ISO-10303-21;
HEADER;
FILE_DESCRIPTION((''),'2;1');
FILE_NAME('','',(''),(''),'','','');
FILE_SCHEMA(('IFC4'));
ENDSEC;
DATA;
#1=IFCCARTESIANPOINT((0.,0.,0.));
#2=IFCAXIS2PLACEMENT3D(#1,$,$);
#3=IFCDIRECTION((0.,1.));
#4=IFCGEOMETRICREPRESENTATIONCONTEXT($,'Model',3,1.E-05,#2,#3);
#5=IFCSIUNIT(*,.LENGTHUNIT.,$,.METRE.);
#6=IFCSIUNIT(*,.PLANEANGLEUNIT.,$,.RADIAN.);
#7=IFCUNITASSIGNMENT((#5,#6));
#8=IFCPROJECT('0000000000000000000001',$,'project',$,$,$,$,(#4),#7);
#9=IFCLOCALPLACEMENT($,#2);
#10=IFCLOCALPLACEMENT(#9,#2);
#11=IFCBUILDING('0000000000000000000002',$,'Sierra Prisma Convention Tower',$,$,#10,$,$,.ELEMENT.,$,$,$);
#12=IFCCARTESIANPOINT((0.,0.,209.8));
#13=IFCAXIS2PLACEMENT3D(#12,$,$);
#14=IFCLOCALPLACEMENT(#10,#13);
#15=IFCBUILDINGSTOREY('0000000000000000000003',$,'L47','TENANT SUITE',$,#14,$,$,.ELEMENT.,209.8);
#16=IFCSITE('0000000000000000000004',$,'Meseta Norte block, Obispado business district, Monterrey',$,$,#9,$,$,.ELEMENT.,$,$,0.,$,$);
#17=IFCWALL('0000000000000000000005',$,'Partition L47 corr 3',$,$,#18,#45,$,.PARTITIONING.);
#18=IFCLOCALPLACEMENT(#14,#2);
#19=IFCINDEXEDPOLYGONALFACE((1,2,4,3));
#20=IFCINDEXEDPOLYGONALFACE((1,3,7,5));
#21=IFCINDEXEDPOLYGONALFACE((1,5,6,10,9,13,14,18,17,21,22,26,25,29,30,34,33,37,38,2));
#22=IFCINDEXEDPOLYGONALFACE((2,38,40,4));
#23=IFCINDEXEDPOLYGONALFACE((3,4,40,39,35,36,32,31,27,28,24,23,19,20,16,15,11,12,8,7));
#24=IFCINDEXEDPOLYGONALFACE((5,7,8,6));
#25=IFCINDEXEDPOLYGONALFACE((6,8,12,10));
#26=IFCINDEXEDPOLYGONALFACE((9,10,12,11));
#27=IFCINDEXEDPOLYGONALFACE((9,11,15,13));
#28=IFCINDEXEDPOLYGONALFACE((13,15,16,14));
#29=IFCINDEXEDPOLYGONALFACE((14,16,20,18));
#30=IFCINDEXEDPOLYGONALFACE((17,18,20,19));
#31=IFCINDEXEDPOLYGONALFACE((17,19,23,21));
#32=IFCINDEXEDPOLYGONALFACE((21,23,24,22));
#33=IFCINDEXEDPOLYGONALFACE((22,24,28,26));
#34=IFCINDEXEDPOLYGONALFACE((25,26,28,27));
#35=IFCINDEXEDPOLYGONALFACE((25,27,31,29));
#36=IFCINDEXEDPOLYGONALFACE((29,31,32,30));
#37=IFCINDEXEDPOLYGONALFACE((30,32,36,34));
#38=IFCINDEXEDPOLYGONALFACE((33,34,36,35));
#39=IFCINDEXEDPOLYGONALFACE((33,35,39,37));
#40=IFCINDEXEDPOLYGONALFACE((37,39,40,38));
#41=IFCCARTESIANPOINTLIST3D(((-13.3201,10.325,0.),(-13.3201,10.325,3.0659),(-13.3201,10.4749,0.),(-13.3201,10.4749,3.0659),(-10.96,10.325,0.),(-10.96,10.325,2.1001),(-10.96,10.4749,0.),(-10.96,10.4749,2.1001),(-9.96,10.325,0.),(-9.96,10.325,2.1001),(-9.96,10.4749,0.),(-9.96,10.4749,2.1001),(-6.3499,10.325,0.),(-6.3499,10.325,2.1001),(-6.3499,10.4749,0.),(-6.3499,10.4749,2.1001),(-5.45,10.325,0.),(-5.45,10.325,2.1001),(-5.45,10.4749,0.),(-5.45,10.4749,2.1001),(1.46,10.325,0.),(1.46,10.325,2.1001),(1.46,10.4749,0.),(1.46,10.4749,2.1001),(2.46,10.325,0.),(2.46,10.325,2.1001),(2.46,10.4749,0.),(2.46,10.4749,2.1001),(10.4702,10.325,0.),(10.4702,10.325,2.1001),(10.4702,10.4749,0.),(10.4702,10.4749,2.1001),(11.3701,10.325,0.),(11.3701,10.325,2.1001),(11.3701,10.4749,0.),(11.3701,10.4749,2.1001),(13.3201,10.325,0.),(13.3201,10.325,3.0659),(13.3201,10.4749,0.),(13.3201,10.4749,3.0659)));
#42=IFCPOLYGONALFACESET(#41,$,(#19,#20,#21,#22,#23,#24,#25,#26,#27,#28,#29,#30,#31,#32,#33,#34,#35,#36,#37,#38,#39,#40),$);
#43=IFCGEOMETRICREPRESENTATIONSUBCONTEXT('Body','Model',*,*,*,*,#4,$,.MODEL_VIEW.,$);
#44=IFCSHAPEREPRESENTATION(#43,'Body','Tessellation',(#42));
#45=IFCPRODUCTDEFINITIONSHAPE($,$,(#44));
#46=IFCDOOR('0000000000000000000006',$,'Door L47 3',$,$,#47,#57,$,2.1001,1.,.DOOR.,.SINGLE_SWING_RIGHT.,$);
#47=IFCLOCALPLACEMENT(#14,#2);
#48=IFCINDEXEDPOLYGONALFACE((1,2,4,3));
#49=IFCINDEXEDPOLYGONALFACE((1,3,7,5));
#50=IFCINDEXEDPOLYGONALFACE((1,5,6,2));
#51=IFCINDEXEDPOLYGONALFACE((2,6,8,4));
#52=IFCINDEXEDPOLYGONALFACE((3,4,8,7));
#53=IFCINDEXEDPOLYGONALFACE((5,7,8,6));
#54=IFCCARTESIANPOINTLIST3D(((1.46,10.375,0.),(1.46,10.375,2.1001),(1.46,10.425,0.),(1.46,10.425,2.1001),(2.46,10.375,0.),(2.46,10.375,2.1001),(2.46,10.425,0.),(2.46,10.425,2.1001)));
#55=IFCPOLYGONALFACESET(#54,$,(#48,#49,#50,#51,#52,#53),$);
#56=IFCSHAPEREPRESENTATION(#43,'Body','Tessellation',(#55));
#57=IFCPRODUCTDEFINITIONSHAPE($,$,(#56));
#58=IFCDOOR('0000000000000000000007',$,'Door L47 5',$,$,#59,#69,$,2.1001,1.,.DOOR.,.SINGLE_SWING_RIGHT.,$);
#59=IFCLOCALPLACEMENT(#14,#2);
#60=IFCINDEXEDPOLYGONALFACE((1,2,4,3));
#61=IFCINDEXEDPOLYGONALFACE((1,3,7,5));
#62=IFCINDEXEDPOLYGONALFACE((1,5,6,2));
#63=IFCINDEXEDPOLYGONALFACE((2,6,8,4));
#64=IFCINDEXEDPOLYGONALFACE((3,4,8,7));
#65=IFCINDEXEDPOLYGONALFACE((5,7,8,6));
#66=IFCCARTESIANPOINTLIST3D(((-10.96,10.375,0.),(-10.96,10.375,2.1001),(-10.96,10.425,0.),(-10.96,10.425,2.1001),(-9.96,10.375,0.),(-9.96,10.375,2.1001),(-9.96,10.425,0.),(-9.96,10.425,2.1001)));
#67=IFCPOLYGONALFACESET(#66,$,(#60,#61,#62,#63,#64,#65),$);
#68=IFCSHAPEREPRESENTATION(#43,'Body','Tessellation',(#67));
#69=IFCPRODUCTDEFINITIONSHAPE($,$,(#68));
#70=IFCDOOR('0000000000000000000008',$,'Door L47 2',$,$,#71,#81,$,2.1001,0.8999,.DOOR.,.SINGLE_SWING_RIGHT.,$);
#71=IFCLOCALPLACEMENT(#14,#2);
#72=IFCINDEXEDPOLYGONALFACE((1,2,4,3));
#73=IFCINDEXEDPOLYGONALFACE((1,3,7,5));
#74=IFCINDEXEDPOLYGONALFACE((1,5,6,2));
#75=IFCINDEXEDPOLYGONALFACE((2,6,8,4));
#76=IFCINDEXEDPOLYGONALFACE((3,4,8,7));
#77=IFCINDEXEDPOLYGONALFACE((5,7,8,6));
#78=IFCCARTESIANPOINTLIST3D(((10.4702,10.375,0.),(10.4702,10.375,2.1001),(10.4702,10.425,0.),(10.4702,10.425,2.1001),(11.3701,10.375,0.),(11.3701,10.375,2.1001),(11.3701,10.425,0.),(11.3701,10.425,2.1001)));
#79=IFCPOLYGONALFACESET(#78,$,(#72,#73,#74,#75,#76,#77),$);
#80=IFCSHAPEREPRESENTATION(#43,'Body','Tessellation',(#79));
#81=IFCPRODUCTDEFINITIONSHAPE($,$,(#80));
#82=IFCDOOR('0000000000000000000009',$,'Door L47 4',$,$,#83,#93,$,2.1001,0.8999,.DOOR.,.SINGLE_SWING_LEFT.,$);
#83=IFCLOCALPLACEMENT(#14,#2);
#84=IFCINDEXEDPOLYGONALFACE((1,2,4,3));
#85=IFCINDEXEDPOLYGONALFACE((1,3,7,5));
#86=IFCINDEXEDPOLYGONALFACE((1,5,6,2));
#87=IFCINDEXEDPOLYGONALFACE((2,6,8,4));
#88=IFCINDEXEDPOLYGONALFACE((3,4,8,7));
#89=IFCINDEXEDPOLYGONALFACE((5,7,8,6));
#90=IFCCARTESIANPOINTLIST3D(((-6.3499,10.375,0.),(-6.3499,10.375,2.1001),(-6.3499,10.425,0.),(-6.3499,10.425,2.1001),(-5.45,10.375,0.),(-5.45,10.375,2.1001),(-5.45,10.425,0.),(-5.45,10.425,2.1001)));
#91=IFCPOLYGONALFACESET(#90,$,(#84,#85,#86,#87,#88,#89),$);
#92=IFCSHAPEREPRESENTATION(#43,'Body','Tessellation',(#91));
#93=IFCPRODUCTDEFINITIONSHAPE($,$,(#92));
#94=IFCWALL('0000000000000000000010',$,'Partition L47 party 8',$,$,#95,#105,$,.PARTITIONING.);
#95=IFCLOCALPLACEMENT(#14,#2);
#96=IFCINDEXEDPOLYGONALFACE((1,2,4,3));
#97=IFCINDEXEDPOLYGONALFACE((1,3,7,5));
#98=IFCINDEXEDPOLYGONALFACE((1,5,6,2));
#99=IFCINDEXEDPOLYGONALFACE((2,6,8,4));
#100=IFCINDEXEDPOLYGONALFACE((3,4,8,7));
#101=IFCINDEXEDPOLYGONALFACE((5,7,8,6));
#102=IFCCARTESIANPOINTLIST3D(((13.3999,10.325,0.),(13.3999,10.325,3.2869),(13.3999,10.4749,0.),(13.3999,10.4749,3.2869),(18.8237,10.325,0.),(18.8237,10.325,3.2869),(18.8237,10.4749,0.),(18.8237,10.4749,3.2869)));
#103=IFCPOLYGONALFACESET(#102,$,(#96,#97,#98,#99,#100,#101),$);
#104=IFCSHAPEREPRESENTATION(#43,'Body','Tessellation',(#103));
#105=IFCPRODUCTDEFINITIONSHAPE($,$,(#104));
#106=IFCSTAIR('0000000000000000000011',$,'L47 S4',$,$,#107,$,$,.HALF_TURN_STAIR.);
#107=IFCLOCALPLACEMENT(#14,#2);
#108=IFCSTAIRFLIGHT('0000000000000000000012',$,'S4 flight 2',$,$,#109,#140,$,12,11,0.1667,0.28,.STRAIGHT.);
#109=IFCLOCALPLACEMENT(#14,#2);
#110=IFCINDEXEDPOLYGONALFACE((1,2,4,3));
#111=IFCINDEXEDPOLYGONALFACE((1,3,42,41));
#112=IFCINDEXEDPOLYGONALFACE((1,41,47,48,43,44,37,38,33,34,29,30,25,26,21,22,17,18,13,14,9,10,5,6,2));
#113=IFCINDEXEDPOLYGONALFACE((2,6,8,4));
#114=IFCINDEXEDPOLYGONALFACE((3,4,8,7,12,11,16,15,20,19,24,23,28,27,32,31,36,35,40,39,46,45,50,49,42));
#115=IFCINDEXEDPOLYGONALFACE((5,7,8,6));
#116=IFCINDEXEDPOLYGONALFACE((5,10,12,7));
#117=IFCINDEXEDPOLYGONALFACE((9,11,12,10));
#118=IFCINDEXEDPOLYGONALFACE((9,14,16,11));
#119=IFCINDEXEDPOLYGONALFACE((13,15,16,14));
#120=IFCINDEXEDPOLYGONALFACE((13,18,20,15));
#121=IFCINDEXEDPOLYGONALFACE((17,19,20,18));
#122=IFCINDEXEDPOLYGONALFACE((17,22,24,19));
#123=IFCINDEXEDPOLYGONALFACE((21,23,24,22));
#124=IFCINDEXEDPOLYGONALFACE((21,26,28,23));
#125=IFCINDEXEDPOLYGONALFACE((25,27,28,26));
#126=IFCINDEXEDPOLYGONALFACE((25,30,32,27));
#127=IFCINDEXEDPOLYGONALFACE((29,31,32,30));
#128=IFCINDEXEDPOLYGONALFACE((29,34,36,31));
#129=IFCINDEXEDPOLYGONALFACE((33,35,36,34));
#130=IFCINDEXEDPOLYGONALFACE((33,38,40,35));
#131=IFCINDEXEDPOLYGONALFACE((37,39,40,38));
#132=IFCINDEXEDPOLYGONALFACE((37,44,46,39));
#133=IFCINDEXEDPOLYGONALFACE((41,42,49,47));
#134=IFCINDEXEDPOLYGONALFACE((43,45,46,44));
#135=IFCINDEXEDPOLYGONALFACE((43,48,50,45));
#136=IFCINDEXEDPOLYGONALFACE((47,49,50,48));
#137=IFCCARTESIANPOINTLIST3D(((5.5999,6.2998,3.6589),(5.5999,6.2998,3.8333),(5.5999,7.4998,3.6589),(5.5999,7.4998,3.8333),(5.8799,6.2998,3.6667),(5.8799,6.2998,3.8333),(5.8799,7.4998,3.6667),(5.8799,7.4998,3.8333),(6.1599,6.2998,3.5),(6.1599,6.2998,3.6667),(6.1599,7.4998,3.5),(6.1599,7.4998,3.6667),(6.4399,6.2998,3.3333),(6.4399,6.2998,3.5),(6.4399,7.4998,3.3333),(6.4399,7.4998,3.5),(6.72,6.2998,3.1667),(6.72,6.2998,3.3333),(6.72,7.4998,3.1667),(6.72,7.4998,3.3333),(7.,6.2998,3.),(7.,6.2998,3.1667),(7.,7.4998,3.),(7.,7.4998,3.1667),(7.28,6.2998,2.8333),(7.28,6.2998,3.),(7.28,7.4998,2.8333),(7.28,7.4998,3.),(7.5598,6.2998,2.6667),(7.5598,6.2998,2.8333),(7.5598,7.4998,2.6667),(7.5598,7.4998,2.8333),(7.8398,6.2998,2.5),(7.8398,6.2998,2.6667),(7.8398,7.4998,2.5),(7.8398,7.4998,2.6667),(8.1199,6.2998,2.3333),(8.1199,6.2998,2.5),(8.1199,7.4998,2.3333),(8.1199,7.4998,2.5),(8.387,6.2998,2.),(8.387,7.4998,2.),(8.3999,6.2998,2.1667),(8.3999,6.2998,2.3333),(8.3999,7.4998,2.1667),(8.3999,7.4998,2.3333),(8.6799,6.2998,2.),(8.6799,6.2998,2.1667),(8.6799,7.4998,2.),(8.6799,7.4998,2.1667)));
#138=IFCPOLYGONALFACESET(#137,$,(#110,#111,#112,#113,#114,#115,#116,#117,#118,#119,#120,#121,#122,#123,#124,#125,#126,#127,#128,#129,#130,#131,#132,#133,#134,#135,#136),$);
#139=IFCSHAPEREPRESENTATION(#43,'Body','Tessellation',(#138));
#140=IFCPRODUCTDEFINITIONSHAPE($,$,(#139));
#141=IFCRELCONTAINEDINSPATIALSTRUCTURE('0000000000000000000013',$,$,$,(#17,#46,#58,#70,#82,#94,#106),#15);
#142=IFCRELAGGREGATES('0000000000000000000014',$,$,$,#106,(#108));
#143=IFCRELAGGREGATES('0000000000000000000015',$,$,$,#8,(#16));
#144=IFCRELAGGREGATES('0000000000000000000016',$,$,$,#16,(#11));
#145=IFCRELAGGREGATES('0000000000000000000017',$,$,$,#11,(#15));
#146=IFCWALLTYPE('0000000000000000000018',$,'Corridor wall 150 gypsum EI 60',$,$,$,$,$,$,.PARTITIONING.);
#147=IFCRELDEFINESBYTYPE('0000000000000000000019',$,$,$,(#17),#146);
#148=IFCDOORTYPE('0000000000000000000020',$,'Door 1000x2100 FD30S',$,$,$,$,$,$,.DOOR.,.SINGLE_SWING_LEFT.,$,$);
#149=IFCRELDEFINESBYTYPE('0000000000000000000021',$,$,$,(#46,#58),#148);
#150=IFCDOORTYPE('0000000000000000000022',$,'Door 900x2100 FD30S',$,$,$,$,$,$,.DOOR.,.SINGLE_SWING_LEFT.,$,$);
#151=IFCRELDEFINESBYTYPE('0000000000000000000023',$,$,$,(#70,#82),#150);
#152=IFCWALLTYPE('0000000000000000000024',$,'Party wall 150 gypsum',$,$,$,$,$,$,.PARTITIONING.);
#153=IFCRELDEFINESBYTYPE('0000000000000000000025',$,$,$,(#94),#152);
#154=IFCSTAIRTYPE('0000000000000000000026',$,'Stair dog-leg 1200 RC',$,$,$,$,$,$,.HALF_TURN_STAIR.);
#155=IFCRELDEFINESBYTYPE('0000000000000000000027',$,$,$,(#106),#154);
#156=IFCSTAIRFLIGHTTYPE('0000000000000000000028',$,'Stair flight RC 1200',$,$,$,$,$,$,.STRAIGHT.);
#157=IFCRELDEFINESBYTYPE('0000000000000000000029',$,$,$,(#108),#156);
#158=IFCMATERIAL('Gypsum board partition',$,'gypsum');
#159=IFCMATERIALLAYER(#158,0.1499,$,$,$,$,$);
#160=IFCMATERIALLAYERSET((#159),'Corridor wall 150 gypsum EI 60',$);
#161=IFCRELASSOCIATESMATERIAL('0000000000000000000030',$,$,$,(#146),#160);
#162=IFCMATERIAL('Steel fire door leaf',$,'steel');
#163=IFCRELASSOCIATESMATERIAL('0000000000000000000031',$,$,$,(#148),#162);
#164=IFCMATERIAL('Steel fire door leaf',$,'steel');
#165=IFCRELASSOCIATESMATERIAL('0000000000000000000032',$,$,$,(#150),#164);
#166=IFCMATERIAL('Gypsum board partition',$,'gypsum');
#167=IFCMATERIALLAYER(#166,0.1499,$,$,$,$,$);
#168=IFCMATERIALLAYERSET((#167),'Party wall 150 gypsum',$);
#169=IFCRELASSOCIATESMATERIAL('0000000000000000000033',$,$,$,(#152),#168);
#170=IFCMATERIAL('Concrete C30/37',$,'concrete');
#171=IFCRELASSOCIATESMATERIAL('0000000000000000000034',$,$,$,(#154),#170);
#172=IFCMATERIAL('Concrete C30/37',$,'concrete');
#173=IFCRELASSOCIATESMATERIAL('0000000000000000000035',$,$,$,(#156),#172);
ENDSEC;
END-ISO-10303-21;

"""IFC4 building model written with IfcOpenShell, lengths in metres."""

from ifc_helpers import new_model, si_unit, direction, frame, frame_2d, origin, place, context, subcontext, project, spatial, polyline, rectangle, outline, extrude, material, layer, layer_set, type_object, element, fill, aggregate, save


model = new_model("IFC4")

# Units and contexts
model_context = context("Model", 3, precision=1e-05, world=origin(), true_north=direction((0.0, 1.0)))
body_context = subcontext(model_context, "Body", "Model", "MODEL_VIEW")
ifc_project = project(units=[si_unit("LENGTHUNIT", "METRE"), si_unit("PLANEANGLEUNIT", "RADIAN")], contexts=[model_context])

# Site, building, storey
site_placement = place(None, origin())
site = spatial("IfcSite", under=ifc_project, at=site_placement, Name="Meseta Norte block, Obispado business district, Monterrey", CompositionType="ELEMENT", RefElevation=0.0)
building_placement = place(site_placement, origin())
building = spatial("IfcBuilding", under=site, at=building_placement, Name="Sierra Prisma Convention Tower", CompositionType="ELEMENT")
storey_placement = place(building_placement, frame((0.0, 0.0, 209.8)))
storey = spatial("IfcBuildingStorey", under=building, at=storey_placement, Name="L47", Description="TENANT SUITE", CompositionType="ELEMENT", Elevation=209.8)

# Wall, openings, doors
ifc_material_1 = material(Name="Gypsum board partition", Category="gypsum")
ifc_layer_1 = layer(ifc_material_1, 0.1499)
ifc_layer_set_1 = layer_set([ifc_layer_1], Name="Corridor wall 150 gypsum EI 60")
wall_type_1 = type_object("IfcWallType", Name="Corridor wall 150 gypsum EI 60", PredefinedType="PARTITIONING", material=ifc_layer_set_1)
wall_1_placement = place(storey_placement, frame((13.3201, 10.3999, 0.0), z_axis=(0.0, 0.0, 1.0), x_axis=(-1.0, 0.0, 0.0)))
wall_1 = element("IfcWall", 1, at=wall_1_placement, inside=storey, type_object=wall_type_1, Name="Partition L47 corr 3", PredefinedType="PARTITIONING", context=body_context, shape_type="SweptSolid", body=[
    extrude(rectangle(XDim=26.6401, YDim=0.1499, at=frame_2d((13.3201, 0.0))), origin(), (0.0, 0.0, 1.0), 3.0659),
])
opening_1_placement = place(wall_1_placement, frame((1.95, 0.0, 0.0)))
opening_1 = element("IfcOpeningElement", 2, at=opening_1_placement, cuts=wall_1, PredefinedType="OPENING", context=body_context, shape_type="SweptSolid", body=[
    extrude(rectangle(XDim=0.8999, YDim=2.1001, at=frame_2d((0.45, 1.05))), frame((0.0, 0.075, 0.0), z_axis=(0.0, -1.0, 0.0), x_axis=(1.0, 0.0, 0.0)), (0.0, 0.0, 1.0), 0.1499),
])
opening_2_placement = place(wall_1_placement, frame((10.8601, 0.0, 0.0)))
opening_2 = element("IfcOpeningElement", 3, at=opening_2_placement, cuts=wall_1, PredefinedType="OPENING", context=body_context, shape_type="SweptSolid", body=[
    extrude(rectangle(XDim=1.0, YDim=2.1001, at=frame_2d((0.5, 1.05))), frame((0.0, 0.075, 0.0), z_axis=(0.0, -1.0, 0.0), x_axis=(1.0, 0.0, 0.0)), (0.0, 0.0, 1.0), 0.1499),
])
opening_3_placement = place(wall_1_placement, frame((18.77, 0.0, 0.0)))
opening_3 = element("IfcOpeningElement", 4, at=opening_3_placement, cuts=wall_1, PredefinedType="OPENING", context=body_context, shape_type="SweptSolid", body=[
    extrude(rectangle(XDim=0.8999, YDim=2.1001, at=frame_2d((0.45, 1.05))), frame((0.0, 0.075, 0.0), z_axis=(0.0, -1.0, 0.0), x_axis=(1.0, 0.0, 0.0)), (0.0, 0.0, 1.0), 0.1499),
])
opening_4_placement = place(wall_1_placement, frame((23.28, 0.0, 0.0)))
opening_4 = element("IfcOpeningElement", 5, at=opening_4_placement, cuts=wall_1, PredefinedType="OPENING", context=body_context, shape_type="SweptSolid", body=[
    extrude(rectangle(XDim=1.0, YDim=2.1001, at=frame_2d((0.5, 1.05))), frame((0.0, 0.075, 0.0), z_axis=(0.0, -1.0, 0.0), x_axis=(1.0, 0.0, 0.0)), (0.0, 0.0, 1.0), 0.1499),
])
ifc_material_2 = material(Name="Steel fire door leaf", Category="steel")
door_type_1 = type_object("IfcDoorType", Name="Door 1000x2100 FD30S", OperationType="SINGLE_SWING_LEFT", PredefinedType="DOOR", material=ifc_material_2)
door_1_placement = place(opening_2_placement, origin())
door_1 = element("IfcDoor", 6, at=door_1_placement, inside=storey, type_object=door_type_1, Name="Door L47 3", OperationType="SINGLE_SWING_RIGHT", OverallHeight=2.1001, OverallWidth=1.0, PredefinedType="DOOR", context=body_context, shape_type="SweptSolid", body=[
    extrude(rectangle(XDim=1.0, YDim=2.1001, at=frame_2d((0.5, 1.05))), frame((0.0, 0.0249, 0.0), z_axis=(0.0, -1.0, 0.0), x_axis=(1.0, 0.0, 0.0)), (0.0, 0.0, 1.0), 0.05),
])
fill(opening_2, door_1)
door_2_placement = place(opening_4_placement, origin())
door_2 = element("IfcDoor", 7, at=door_2_placement, inside=storey, type_object=door_type_1, Name="Door L47 5", OperationType="SINGLE_SWING_RIGHT", OverallHeight=2.1001, OverallWidth=1.0, PredefinedType="DOOR", context=body_context, shape_type="SweptSolid", body=[
    extrude(rectangle(XDim=1.0, YDim=2.1001, at=frame_2d((0.5, 1.05))), frame((0.0, 0.0249, 0.0), z_axis=(0.0, -1.0, 0.0), x_axis=(1.0, 0.0, 0.0)), (0.0, 0.0, 1.0), 0.05),
])
fill(opening_4, door_2)
ifc_material_3 = material(Name="Steel fire door leaf", Category="steel")
door_type_2 = type_object("IfcDoorType", Name="Door 900x2100 FD30S", OperationType="SINGLE_SWING_LEFT", PredefinedType="DOOR", material=ifc_material_3)
door_3_placement = place(opening_1_placement, origin())
door_3 = element("IfcDoor", 8, at=door_3_placement, inside=storey, type_object=door_type_2, Name="Door L47 2", OperationType="SINGLE_SWING_RIGHT", OverallHeight=2.1001, OverallWidth=0.8999, PredefinedType="DOOR", context=body_context, shape_type="SweptSolid", body=[
    extrude(rectangle(XDim=0.8999, YDim=2.1001, at=frame_2d((0.45, 1.05))), frame((0.0, 0.0249, 0.0), z_axis=(0.0, -1.0, 0.0), x_axis=(1.0, 0.0, 0.0)), (0.0, 0.0, 1.0), 0.05),
])
fill(opening_1, door_3)
door_4_placement = place(opening_3_placement, origin())
door_4 = element("IfcDoor", 9, at=door_4_placement, inside=storey, type_object=door_type_2, Name="Door L47 4", OperationType="SINGLE_SWING_LEFT", OverallHeight=2.1001, OverallWidth=0.8999, PredefinedType="DOOR", context=body_context, shape_type="SweptSolid", body=[
    extrude(rectangle(XDim=0.8999, YDim=2.1001, at=frame_2d((0.45, 1.05))), frame((0.0, 0.0249, 0.0), z_axis=(0.0, -1.0, 0.0), x_axis=(1.0, 0.0, 0.0)), (0.0, 0.0, 1.0), 0.05),
])
fill(opening_3, door_4)

# Wall
ifc_material_4 = material(Name="Gypsum board partition", Category="gypsum")
ifc_layer_2 = layer(ifc_material_4, 0.1499)
ifc_layer_set_2 = layer_set([ifc_layer_2], Name="Party wall 150 gypsum")
wall_type_2 = type_object("IfcWallType", Name="Party wall 150 gypsum", PredefinedType="PARTITIONING", material=ifc_layer_set_2)
wall_2_placement = place(storey_placement, frame((13.3999, 10.3999, 0.0), z_axis=(0.0, 0.0, 1.0), x_axis=(1.0, 0.0, 0.0)))
element("IfcWall", 10, at=wall_2_placement, inside=storey, type_object=wall_type_2, Name="Partition L47 party 8", PredefinedType="PARTITIONING", context=body_context, shape_type="SweptSolid", body=[
    extrude(rectangle(XDim=5.4238, YDim=0.1499, at=frame_2d((2.7119, 0.0))), origin(), (0.0, 0.0, 1.0), 3.2869),
])

# Stair, stair flight
ifc_material_5 = material(Name="Concrete C30/37", Category="concrete")
stair_type = type_object("IfcStairType", Name="Stair dog-leg 1200 RC", PredefinedType="HALF_TURN_STAIR", material=ifc_material_5)
stair_placement = place(storey_placement, origin())
stair = element("IfcStair", 11, at=stair_placement, inside=storey, type_object=stair_type, Name="L47 S4", PredefinedType="HALF_TURN_STAIR")
ifc_material_6 = material(Name="Concrete C30/37", Category="concrete")
stair_flight_type = type_object("IfcStairFlightType", Name="Stair flight RC 1200", PredefinedType="STRAIGHT", material=ifc_material_6)
stair_flight_placement = place(storey_placement, frame((8.6799, 6.8999, 2.0), z_axis=(0.0, 0.0, 1.0), x_axis=(-1.0, 0.0, 0.0)))
stair_flight = element("IfcStairFlight", 12, at=stair_flight_placement, type_object=stair_flight_type, Name="S4 flight 2", NumberOfRisers=12, NumberOfTreads=11, PredefinedType="STRAIGHT", RiserHeight=0.1667, TreadLength=0.28, context=body_context, shape_type="SweptSolid", body=[
    extrude(outline(polyline([(0.0, 0.0), (0.0, 0.1667), (0.28, 0.1667), (0.28, 0.3333), (0.5601, 0.3333), (0.5601, 0.5), (0.8401, 0.5), (0.8401, 0.6667), (1.1201, 0.6667), (1.1201, 0.8333), (1.3999, 0.8333), (1.3999, 1.0), (1.6799, 1.0), (1.6799, 1.1667), (1.96, 1.1667), (1.96, 1.3333), (2.24, 1.3333), (2.24, 1.5), (2.52, 1.5), (2.52, 1.6667), (2.8, 1.6667), (2.8, 1.8333), (3.0801, 1.8333), (3.0801, 2.0), (3.0801, 1.6589), (0.293, 0.0), (0.0, 0.0)])), frame((0.0, 0.6001, 0.0), z_axis=(0.0, -1.0, 0.0), x_axis=(1.0, 0.0, 0.0)), (0.0, 0.0, 1.0), 1.2),
])
aggregate(stair, [stair_flight])

save(model, "model.ifc")
